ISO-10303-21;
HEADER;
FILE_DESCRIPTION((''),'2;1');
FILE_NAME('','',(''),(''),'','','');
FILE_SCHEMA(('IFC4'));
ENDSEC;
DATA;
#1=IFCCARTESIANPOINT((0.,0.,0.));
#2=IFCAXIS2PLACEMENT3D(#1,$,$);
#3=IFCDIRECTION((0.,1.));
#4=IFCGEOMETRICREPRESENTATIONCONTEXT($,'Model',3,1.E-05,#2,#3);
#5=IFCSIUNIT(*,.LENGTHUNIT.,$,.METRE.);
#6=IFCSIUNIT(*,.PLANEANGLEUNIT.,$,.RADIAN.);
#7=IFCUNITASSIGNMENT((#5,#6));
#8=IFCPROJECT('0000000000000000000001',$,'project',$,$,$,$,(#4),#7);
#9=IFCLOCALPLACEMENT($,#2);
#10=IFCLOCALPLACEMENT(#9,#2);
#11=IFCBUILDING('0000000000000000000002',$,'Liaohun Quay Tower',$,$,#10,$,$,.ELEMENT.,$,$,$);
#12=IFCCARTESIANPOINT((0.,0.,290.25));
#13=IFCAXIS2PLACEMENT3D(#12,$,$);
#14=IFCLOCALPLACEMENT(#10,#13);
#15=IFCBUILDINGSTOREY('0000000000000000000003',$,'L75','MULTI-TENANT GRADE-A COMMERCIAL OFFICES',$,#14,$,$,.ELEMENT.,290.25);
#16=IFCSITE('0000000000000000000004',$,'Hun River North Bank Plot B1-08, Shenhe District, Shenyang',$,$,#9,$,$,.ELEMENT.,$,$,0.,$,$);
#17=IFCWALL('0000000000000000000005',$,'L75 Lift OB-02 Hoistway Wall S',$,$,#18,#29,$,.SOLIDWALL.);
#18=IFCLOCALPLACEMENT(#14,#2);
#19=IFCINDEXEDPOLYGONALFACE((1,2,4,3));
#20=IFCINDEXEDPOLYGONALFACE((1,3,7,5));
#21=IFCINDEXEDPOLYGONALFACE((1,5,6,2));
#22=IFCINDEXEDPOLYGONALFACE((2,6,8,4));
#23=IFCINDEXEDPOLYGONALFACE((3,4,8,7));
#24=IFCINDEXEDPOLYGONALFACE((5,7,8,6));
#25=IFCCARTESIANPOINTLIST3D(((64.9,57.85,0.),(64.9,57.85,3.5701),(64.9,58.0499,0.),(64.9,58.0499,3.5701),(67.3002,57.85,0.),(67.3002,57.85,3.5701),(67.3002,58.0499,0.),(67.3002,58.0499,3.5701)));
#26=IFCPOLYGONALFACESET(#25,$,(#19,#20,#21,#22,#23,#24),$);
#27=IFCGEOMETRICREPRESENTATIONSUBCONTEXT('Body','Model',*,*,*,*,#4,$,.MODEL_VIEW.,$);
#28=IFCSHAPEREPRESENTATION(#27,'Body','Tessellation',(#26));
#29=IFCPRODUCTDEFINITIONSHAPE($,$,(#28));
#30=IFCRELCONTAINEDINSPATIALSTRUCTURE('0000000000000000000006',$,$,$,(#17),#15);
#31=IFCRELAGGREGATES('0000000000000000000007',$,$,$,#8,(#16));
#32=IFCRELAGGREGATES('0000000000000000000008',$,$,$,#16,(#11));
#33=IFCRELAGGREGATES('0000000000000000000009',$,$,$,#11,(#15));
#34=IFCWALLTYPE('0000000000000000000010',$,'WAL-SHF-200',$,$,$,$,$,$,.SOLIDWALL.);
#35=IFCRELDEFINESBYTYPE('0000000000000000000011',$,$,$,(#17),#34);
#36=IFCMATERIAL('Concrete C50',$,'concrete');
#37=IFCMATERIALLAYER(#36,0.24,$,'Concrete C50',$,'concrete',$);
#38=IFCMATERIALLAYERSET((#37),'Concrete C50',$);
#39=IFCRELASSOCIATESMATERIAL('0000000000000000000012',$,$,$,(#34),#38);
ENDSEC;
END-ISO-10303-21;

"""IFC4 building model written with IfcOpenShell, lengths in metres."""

from ifc_helpers import new_model, si_unit, direction, frame, frame_2d, origin, place, context, subcontext, project, spatial, rectangle, extrude, material, layer, layer_set, type_object, element, save


model = new_model("IFC4")

# Units and contexts
model_context = context("Model", 3, precision=1e-05, world=origin(), true_north=direction((0.0, 1.0)))
body_context = subcontext(model_context, "Body", "Model", "MODEL_VIEW")
ifc_project = project(units=[si_unit("LENGTHUNIT", "METRE"), si_unit("PLANEANGLEUNIT", "RADIAN")], contexts=[model_context])

# Site, building, storey
site_placement = place(None, origin())
site = spatial("IfcSite", under=ifc_project, at=site_placement, Name="Hun River North Bank Plot B1-08, Shenhe District, Shenyang", CompositionType="ELEMENT", RefElevation=0.0)
building_placement = place(site_placement, origin())
building = spatial("IfcBuilding", under=site, at=building_placement, Name="Liaohun Quay Tower", CompositionType="ELEMENT")
storey_placement = place(building_placement, frame((0.0, 0.0, 290.25)))
storey = spatial("IfcBuildingStorey", under=building, at=storey_placement, Name="L75", Description="MULTI-TENANT GRADE-A COMMERCIAL OFFICES", CompositionType="ELEMENT", Elevation=290.25)

# Shared definitions
ifc_material_1 = material(Name="Concrete C50", Category="concrete")

# Wall
ifc_layer_1 = layer(ifc_material_1, 0.24, Name="Concrete C50", Category="concrete")
ifc_layer_set_1 = layer_set([ifc_layer_1], Name="Concrete C50")
wall_type_1 = type_object("IfcWallType", Name="WAL-SHF-200", PredefinedType="SOLIDWALL", material=ifc_layer_set_1)
wall_1_placement = place(storey_placement, frame((64.8999, 57.95, 0.0), z_axis=(0.0, 0.0, 1.0), x_axis=(1.0, 0.0, 0.0)))
element("IfcWall", 1, at=wall_1_placement, inside=storey, type_object=wall_type_1, Name="L75 Lift OB-02 Hoistway Wall S", PredefinedType="SOLIDWALL", context=body_context, shape_type="SweptSolid", body=[
    extrude(rectangle(XDim=2.4001, YDim=0.2, at=frame_2d((1.2002, 0.0))), origin(), (0.0, 0.0, 1.0), 3.5701),
])

save(model, "model.ifc")
